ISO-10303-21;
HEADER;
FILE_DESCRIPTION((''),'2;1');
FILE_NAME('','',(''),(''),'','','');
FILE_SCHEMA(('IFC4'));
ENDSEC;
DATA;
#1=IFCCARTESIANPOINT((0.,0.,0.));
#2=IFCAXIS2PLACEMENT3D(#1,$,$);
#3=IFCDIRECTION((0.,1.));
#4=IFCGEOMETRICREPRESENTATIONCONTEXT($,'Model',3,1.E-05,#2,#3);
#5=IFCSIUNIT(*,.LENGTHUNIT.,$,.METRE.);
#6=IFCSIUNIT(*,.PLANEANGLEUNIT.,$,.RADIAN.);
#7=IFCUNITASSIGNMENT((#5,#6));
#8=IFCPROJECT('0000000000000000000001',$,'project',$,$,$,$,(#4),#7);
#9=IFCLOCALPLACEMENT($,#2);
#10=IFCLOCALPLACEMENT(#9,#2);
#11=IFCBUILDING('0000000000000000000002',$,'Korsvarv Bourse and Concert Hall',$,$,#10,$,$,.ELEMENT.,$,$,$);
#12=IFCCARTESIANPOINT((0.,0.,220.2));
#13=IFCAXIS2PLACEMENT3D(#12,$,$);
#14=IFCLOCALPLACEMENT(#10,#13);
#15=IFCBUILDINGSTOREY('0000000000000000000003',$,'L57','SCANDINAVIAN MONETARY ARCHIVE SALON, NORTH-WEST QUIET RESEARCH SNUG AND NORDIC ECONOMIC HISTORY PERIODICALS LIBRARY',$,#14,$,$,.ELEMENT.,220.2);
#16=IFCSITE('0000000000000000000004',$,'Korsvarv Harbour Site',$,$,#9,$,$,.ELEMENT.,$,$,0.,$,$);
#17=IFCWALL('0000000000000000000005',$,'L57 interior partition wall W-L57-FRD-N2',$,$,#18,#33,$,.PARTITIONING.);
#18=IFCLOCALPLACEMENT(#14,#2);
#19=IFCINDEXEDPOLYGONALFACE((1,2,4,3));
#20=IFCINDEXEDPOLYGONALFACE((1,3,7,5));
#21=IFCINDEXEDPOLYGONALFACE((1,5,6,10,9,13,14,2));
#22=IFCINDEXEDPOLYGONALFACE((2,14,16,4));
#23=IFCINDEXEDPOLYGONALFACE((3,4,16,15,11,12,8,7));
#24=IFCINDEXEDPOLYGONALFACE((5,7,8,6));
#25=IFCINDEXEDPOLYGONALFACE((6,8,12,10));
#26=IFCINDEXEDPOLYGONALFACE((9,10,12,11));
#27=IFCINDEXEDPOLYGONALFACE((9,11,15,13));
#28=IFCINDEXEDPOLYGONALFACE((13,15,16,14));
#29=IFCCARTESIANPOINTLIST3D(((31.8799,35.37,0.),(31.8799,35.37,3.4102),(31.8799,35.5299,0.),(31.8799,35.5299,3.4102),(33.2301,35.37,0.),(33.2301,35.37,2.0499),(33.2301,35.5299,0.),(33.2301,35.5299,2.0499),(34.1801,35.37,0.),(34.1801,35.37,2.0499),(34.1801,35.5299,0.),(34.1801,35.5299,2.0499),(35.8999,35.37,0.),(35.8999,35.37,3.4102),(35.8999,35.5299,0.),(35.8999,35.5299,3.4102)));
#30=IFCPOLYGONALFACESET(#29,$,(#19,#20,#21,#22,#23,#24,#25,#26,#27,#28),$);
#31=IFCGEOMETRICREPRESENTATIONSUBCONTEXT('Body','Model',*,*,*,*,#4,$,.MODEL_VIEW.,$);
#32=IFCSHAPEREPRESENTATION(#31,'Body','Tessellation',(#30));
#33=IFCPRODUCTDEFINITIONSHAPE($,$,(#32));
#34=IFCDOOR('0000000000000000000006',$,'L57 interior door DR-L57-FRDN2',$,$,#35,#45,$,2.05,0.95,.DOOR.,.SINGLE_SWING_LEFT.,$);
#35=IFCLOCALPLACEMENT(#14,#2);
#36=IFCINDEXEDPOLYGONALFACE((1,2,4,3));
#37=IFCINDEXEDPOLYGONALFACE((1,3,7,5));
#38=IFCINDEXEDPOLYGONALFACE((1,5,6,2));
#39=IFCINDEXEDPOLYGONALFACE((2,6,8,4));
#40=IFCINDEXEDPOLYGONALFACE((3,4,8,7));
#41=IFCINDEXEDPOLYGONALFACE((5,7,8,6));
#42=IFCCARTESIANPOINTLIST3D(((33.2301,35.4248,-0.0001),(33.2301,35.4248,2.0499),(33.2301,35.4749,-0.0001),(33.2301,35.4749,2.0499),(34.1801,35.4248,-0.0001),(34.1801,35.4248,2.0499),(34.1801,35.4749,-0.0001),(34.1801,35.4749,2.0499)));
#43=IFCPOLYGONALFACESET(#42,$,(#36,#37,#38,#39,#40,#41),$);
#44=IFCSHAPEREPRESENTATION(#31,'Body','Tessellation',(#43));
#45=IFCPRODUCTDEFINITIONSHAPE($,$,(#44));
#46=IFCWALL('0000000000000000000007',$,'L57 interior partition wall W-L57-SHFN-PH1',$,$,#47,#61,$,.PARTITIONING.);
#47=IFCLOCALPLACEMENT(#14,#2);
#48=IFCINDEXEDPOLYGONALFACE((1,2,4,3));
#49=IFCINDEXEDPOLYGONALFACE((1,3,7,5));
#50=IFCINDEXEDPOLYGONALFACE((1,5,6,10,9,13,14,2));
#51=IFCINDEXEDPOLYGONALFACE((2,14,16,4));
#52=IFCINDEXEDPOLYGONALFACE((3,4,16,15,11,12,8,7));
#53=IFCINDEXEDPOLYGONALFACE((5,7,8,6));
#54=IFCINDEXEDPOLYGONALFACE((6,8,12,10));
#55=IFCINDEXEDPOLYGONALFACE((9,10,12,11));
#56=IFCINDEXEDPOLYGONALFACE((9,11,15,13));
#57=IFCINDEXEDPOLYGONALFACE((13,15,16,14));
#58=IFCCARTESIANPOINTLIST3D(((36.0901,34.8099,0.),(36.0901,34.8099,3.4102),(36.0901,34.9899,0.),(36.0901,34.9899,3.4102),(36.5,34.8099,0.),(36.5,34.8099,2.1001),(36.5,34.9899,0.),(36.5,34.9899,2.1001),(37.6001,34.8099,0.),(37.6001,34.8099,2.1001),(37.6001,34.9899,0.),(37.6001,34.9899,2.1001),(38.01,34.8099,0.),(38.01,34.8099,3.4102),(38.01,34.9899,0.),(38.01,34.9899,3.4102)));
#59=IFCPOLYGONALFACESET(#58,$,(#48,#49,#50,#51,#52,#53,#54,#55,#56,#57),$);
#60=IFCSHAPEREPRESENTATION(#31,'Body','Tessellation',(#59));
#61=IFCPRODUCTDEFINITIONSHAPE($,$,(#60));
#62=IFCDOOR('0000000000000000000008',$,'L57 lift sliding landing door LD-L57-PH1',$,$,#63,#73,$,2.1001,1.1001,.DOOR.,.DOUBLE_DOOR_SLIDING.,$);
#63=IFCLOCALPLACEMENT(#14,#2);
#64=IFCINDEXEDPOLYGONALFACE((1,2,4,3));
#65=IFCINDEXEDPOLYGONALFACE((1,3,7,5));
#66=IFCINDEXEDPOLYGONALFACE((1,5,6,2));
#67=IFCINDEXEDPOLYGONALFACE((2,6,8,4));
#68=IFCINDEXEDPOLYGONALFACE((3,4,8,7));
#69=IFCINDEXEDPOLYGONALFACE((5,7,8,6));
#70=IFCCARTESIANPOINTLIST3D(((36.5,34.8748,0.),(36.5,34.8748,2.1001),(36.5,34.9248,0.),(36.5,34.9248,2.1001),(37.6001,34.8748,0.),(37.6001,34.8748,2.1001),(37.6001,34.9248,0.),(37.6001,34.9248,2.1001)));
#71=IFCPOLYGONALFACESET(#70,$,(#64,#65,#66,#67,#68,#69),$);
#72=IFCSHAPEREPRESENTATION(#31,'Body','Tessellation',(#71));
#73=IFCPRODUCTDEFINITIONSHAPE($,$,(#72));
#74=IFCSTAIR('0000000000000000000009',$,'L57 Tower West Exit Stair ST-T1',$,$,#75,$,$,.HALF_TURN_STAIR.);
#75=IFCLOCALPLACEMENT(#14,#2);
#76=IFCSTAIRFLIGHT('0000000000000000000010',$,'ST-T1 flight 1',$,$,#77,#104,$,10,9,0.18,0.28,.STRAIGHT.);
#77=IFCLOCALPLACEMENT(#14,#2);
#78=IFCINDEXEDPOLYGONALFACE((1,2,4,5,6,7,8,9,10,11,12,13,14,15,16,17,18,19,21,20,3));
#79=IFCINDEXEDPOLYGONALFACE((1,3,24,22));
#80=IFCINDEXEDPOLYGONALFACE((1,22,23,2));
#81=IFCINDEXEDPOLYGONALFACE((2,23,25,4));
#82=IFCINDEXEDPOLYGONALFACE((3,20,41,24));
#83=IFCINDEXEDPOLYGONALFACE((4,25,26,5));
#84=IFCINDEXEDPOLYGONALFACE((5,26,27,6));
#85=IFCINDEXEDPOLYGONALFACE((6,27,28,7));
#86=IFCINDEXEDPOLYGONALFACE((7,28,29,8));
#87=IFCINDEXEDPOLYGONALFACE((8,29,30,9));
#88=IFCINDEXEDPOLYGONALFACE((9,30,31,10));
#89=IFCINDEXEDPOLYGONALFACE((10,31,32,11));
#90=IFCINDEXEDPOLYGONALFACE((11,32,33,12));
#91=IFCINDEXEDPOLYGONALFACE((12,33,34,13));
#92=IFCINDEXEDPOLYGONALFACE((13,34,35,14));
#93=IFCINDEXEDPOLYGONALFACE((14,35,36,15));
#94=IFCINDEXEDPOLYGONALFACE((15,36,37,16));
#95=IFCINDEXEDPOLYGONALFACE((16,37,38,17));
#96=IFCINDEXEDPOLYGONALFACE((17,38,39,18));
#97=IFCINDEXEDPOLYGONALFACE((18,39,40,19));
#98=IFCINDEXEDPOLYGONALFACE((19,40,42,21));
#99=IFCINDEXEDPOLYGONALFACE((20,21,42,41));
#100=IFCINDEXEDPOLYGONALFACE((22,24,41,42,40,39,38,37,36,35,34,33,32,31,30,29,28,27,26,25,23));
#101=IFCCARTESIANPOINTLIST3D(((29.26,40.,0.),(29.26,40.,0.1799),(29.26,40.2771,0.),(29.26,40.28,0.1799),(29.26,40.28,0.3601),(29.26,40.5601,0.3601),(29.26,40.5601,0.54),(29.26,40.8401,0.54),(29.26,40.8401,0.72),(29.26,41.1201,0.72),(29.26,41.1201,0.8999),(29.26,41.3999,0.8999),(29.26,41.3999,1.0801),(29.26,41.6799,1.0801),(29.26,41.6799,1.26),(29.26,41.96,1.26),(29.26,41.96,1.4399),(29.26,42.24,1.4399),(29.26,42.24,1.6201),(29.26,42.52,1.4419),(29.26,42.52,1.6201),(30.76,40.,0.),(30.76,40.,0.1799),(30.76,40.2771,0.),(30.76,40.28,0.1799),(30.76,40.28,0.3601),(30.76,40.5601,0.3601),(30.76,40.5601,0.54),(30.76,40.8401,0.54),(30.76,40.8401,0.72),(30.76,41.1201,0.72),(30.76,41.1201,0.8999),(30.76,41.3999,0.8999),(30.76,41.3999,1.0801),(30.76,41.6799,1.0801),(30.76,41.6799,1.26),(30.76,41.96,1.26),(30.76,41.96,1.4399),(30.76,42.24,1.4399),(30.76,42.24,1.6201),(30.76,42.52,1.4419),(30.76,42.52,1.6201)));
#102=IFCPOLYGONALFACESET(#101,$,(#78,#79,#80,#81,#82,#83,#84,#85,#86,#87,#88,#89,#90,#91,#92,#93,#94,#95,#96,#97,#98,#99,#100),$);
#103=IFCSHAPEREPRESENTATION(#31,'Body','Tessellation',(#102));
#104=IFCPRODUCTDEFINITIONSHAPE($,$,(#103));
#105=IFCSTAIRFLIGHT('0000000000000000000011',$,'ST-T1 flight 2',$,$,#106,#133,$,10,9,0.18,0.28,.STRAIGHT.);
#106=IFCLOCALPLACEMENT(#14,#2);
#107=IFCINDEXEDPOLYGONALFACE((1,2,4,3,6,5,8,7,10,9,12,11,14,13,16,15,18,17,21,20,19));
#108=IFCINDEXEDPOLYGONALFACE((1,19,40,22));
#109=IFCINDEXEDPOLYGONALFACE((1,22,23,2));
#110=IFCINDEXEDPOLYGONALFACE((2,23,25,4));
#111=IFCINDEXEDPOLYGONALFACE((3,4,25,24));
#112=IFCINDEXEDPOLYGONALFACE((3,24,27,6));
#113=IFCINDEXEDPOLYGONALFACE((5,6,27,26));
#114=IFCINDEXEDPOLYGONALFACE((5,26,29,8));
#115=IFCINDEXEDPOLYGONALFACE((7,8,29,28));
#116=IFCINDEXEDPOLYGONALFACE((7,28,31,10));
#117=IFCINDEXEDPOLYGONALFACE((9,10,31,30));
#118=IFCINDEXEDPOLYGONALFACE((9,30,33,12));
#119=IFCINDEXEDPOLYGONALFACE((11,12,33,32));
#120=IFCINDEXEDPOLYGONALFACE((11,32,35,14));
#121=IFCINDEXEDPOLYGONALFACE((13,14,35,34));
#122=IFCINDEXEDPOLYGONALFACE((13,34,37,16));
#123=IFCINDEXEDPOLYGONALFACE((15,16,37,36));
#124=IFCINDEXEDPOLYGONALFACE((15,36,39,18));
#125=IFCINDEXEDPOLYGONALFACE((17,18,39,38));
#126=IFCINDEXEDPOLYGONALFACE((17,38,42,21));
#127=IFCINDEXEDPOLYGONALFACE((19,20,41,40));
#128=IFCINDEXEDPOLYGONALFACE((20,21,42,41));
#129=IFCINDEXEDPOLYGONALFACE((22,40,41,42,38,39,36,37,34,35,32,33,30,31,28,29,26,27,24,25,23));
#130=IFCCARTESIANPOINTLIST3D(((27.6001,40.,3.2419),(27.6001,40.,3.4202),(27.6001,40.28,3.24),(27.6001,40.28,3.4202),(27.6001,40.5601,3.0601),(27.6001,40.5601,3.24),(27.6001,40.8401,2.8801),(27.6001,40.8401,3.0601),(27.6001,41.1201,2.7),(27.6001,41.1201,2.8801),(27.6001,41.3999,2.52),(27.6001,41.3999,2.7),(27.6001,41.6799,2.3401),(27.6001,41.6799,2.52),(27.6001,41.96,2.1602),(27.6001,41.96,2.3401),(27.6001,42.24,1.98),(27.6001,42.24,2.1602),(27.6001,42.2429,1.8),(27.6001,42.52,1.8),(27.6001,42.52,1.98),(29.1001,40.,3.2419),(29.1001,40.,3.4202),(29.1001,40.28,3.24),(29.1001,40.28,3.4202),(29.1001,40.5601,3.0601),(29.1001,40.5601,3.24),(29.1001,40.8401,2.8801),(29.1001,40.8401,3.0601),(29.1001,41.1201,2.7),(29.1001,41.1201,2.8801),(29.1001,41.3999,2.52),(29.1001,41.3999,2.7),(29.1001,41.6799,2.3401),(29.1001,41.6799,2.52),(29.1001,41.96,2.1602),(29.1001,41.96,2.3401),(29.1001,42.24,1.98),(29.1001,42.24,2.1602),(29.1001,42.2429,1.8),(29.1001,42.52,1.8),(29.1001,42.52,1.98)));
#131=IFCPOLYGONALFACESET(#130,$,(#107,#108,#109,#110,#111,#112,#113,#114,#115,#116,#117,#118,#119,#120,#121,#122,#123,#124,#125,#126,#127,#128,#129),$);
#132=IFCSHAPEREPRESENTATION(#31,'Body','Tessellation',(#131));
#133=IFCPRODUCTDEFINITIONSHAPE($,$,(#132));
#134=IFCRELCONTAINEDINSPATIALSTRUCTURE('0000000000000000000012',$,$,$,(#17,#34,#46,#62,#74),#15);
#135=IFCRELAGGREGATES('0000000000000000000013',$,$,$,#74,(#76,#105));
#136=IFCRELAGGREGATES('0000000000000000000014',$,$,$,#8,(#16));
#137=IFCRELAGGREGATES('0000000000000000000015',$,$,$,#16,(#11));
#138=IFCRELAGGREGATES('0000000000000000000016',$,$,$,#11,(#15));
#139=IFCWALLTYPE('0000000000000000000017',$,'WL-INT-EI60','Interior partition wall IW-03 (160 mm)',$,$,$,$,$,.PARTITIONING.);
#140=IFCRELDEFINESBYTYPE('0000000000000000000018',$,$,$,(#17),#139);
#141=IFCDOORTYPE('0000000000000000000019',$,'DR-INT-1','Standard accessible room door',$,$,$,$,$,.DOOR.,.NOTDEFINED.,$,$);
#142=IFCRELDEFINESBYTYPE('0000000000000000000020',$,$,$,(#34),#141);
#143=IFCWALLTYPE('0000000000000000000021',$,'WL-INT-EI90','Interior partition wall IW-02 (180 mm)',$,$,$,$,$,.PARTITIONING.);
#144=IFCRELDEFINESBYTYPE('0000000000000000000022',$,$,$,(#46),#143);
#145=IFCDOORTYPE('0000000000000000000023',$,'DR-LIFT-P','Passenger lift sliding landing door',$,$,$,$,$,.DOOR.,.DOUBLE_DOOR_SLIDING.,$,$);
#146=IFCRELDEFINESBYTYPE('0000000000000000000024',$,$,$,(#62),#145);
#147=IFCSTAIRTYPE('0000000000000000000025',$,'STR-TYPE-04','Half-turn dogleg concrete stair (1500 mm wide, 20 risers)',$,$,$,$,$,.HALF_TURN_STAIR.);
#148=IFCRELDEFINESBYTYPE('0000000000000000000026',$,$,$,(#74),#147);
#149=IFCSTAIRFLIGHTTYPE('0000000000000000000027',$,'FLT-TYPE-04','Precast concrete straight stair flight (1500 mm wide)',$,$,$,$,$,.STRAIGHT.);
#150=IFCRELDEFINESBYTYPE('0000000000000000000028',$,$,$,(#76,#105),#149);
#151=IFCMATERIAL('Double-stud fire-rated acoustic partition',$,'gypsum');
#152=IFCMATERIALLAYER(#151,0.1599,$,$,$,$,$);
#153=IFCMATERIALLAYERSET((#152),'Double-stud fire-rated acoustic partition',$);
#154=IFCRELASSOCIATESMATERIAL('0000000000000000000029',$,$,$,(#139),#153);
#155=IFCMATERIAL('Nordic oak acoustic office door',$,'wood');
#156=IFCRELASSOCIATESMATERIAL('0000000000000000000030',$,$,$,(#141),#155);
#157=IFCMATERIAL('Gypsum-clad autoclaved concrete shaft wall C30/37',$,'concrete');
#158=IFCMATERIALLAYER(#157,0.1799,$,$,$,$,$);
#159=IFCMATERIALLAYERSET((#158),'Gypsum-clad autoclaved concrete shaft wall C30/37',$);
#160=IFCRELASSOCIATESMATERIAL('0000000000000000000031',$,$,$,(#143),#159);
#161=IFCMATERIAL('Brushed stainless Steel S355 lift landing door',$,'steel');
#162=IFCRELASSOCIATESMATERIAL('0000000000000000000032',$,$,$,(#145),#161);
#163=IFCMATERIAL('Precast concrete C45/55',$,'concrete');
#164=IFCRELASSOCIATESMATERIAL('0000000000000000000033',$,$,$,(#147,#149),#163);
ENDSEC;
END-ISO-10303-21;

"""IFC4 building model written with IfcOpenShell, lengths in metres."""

from ifc_helpers import new_model, si_unit, direction, frame, frame_2d, origin, place, context, subcontext, project, spatial, polyline, rectangle, outline, extrude, material, layer, layer_set, type_object, element, fill, aggregate, save


model = new_model("IFC4")

# Units and contexts
model_context = context("Model", 3, precision=1e-05, world=origin(), true_north=direction((0.0, 1.0)))
body_context = subcontext(model_context, "Body", "Model", "MODEL_VIEW")
ifc_project = project(units=[si_unit("LENGTHUNIT", "METRE"), si_unit("PLANEANGLEUNIT", "RADIAN")], contexts=[model_context])

# Site, building, storey
site_placement = place(None, origin())
site = spatial("IfcSite", under=ifc_project, at=site_placement, Name="Korsvarv Harbour Site", CompositionType="ELEMENT", RefElevation=0.0)
building_placement = place(site_placement, origin())
building = spatial("IfcBuilding", under=site, at=building_placement, Name="Korsvarv Bourse and Concert Hall", CompositionType="ELEMENT")
storey_placement = place(building_placement, frame((0.0, 0.0, 220.2)))
storey = spatial("IfcBuildingStorey", under=building, at=storey_placement, Name="L57", Description="SCANDINAVIAN MONETARY ARCHIVE SALON, NORTH-WEST QUIET RESEARCH SNUG AND NORDIC ECONOMIC HISTORY PERIODICALS LIBRARY", CompositionType="ELEMENT", Elevation=220.2)

# Shared definitions
ifc_material_1 = material(Name="Double-stud fire-rated acoustic partition", Category="gypsum")
ifc_layer_1 = layer(ifc_material_1, 0.1599)
ifc_layer_set_1 = layer_set([ifc_layer_1], Name="Double-stud fire-rated acoustic partition")
wall_type_1 = type_object("IfcWallType", Name="WL-INT-EI60", Description="Interior partition wall IW-03 (160 mm)", PredefinedType="PARTITIONING", material=ifc_layer_set_1)

# Walls, openings, doors
ifc_material_2 = material(Name="Nordic oak acoustic office door", Category="wood")
door_type_1 = type_object("IfcDoorType", Name="DR-INT-1", Description="Standard accessible room door", OperationType="NOTDEFINED", PredefinedType="DOOR", material=ifc_material_2)
wall_1_placement = place(storey_placement, frame((31.8799, 35.45, 0.0), z_axis=(0.0, 0.0, 1.0), x_axis=(1.0, 0.0, 0.0)))
wall_1 = element("IfcWall", 1, at=wall_1_placement, inside=storey, type_object=wall_type_1, Name="L57 interior partition wall W-L57-FRD-N2", PredefinedType="PARTITIONING", context=body_context, shape_type="SweptSolid", body=[
    extrude(rectangle(XDim=4.02, YDim=0.1599, at=frame_2d((2.01, 0.0))), origin(), (0.0, 0.0, 1.0), 3.4102),
])
opening_1_placement = place(wall_1_placement, frame((1.3501, 0.0, 0.0)))
opening_1 = element("IfcOpeningElement", 2, at=opening_1_placement, cuts=wall_1, PredefinedType="OPENING", context=body_context, shape_type="SweptSolid", body=[
    extrude(rectangle(XDim=0.95, YDim=2.05, at=frame_2d((0.4751, 1.0249))), frame((0.0, 0.0898, 0.0), z_axis=(0.0, -1.0, 0.0), x_axis=(1.0, 0.0, 0.0)), (0.0, 0.0, 1.0), 0.1799),
])
door_1_placement = place(opening_1_placement, origin())
door_1 = element("IfcDoor", 3, at=door_1_placement, inside=storey, type_object=door_type_1, Name="L57 interior door DR-L57-FRDN2", OperationType="SINGLE_SWING_LEFT", OverallHeight=2.05, OverallWidth=0.95, PredefinedType="DOOR", context=body_context, shape_type="SweptSolid", body=[
    extrude(rectangle(XDim=0.95, YDim=2.05, at=frame_2d((0.4751, 1.0249))), frame((0.0, 0.0249, 0.0), z_axis=(0.0, -1.0, 0.0), x_axis=(1.0, 0.0, 0.0)), (0.0, 0.0, 1.0), 0.05),
])
fill(opening_1, door_1)
ifc_material_3 = material(Name="Gypsum-clad autoclaved concrete shaft wall C30/37", Category="concrete")
ifc_layer_2 = layer(ifc_material_3, 0.1799)
ifc_layer_set_2 = layer_set([ifc_layer_2], Name="Gypsum-clad autoclaved concrete shaft wall C30/37")
wall_type_2 = type_object("IfcWallType", Name="WL-INT-EI90", Description="Interior partition wall IW-02 (180 mm)", PredefinedType="PARTITIONING", material=ifc_layer_set_2)
wall_2_placement = place(storey_placement, frame((36.0901, 34.8999, 0.0), z_axis=(0.0, 0.0, 1.0), x_axis=(1.0, 0.0, 0.0)))
wall_2 = element("IfcWall", 4, at=wall_2_placement, inside=storey, type_object=wall_type_2, Name="L57 interior partition wall W-L57-SHFN-PH1", PredefinedType="PARTITIONING", context=body_context, shape_type="SweptSolid", body=[
    extrude(rectangle(XDim=1.9199, YDim=0.1799, at=frame_2d((0.96, 0.0))), origin(), (0.0, 0.0, 1.0), 3.4102),
])
opening_2_placement = place(wall_2_placement, frame((0.4099, 0.0, 0.0)))
opening_2 = element("IfcOpeningElement", 5, at=opening_2_placement, cuts=wall_2, PredefinedType="OPENING", context=body_context, shape_type="SweptSolid", body=[
    extrude(rectangle(XDim=1.1001, YDim=2.1001, at=frame_2d((0.55, 1.05))), frame((0.0, 0.1001, 0.0), z_axis=(0.0, -1.0, 0.0), x_axis=(1.0, 0.0, 0.0)), (0.0, 0.0, 1.0), 0.2),
])
ifc_material_4 = material(Name="Brushed stainless Steel S355 lift landing door", Category="steel")
door_type_2 = type_object("IfcDoorType", Name="DR-LIFT-P", Description="Passenger lift sliding landing door", OperationType="DOUBLE_DOOR_SLIDING", PredefinedType="DOOR", material=ifc_material_4)
door_2_placement = place(opening_2_placement, origin())
door_2 = element("IfcDoor", 6, at=door_2_placement, inside=storey, type_object=door_type_2, Name="L57 lift sliding landing door LD-L57-PH1", OperationType="DOUBLE_DOOR_SLIDING", OverallHeight=2.1001, OverallWidth=1.1001, PredefinedType="DOOR", context=body_context, shape_type="SweptSolid", body=[
    extrude(rectangle(XDim=1.1001, YDim=2.1001, at=frame_2d((0.55, 1.05))), frame((0.0, 0.0249, 0.0), z_axis=(0.0, -1.0, 0.0), x_axis=(1.0, 0.0, 0.0)), (0.0, 0.0, 1.0), 0.05),
])
fill(opening_2, door_2)

# Stair, stair flights
ifc_material_5 = material(Name="Precast concrete C45/55", Category="concrete")
stair_type = type_object("IfcStairType", Name="STR-TYPE-04", Description="Half-turn dogleg concrete stair (1500 mm wide, 20 risers)", PredefinedType="HALF_TURN_STAIR", material=ifc_material_5)
stair_placement = place(storey_placement, origin())
stair = element("IfcStair", 7, at=stair_placement, inside=storey, type_object=stair_type, Name="L57 Tower West Exit Stair ST-T1", PredefinedType="HALF_TURN_STAIR")
stair_flight_type = type_object("IfcStairFlightType", Name="FLT-TYPE-04", Description="Precast concrete straight stair flight (1500 mm wide)", PredefinedType="STRAIGHT", material=ifc_material_5)
stair_flight_1_placement = place(storey_placement, frame((30.01, 40.0, 0.0), z_axis=(0.0, 0.0, 1.0), x_axis=(0.0, 1.0, 0.0)))
stair_flight_1 = element("IfcStairFlight", 8, at=stair_flight_1_placement, type_object=stair_flight_type, Name="ST-T1 flight 1", NumberOfRisers=10, NumberOfTreads=9, PredefinedType="STRAIGHT", RiserHeight=0.18, TreadLength=0.28, context=body_context, shape_type="SweptSolid", body=[
    extrude(outline(polyline([(0.0, 0.0), (0.0, 0.1799), (0.28, 0.1799), (0.28, 0.3601), (0.5601, 0.3601), (0.5601, 0.54), (0.8401, 0.54), (0.8401, 0.72), (1.1201, 0.72), (1.1201, 0.8999), (1.3999, 0.8999), (1.3999, 1.0801), (1.6799, 1.0801), (1.6799, 1.26), (1.96, 1.26), (1.96, 1.4399), (2.24, 1.4399), (2.24, 1.6201), (2.52, 1.6201), (2.52, 1.8), (2.52, 1.4419), (0.2771, 0.0), (0.0, 0.0)])), frame((0.0, 0.75, 0.0), z_axis=(0.0, -1.0, 0.0), x_axis=(1.0, 0.0, 0.0)), (0.0, 0.0, 1.0), 1.5),
])
stair_flight_2_placement = place(storey_placement, frame((28.3501, 42.52, 1.8), z_axis=(0.0, 0.0, 1.0), x_axis=(0.0, -1.0, 0.0)))
stair_flight_2 = element("IfcStairFlight", 9, at=stair_flight_2_placement, type_object=stair_flight_type, Name="ST-T1 flight 2", NumberOfRisers=10, NumberOfTreads=9, PredefinedType="STRAIGHT", RiserHeight=0.18, TreadLength=0.28, context=body_context, shape_type="SweptSolid", body=[
    extrude(outline(polyline([(0.0, 0.0), (0.0, 0.1799), (0.28, 0.1799), (0.28, 0.3601), (0.5601, 0.3601), (0.5601, 0.54), (0.8401, 0.54), (0.8401, 0.72), (1.1201, 0.72), (1.1201, 0.8999), (1.3999, 0.8999), (1.3999, 1.0801), (1.6799, 1.0801), (1.6799, 1.26), (1.96, 1.26), (1.96, 1.4399), (2.24, 1.4399), (2.24, 1.6201), (2.52, 1.6201), (2.52, 1.8), (2.52, 1.4419), (0.2771, 0.0), (0.0, 0.0)])), frame((0.0, 0.75, 0.0), z_axis=(0.0, -1.0, 0.0), x_axis=(1.0, 0.0, 0.0)), (0.0, 0.0, 1.0), 1.5),
])
aggregate(stair, [stair_flight_1, stair_flight_2])

save(model, "model.ifc")
